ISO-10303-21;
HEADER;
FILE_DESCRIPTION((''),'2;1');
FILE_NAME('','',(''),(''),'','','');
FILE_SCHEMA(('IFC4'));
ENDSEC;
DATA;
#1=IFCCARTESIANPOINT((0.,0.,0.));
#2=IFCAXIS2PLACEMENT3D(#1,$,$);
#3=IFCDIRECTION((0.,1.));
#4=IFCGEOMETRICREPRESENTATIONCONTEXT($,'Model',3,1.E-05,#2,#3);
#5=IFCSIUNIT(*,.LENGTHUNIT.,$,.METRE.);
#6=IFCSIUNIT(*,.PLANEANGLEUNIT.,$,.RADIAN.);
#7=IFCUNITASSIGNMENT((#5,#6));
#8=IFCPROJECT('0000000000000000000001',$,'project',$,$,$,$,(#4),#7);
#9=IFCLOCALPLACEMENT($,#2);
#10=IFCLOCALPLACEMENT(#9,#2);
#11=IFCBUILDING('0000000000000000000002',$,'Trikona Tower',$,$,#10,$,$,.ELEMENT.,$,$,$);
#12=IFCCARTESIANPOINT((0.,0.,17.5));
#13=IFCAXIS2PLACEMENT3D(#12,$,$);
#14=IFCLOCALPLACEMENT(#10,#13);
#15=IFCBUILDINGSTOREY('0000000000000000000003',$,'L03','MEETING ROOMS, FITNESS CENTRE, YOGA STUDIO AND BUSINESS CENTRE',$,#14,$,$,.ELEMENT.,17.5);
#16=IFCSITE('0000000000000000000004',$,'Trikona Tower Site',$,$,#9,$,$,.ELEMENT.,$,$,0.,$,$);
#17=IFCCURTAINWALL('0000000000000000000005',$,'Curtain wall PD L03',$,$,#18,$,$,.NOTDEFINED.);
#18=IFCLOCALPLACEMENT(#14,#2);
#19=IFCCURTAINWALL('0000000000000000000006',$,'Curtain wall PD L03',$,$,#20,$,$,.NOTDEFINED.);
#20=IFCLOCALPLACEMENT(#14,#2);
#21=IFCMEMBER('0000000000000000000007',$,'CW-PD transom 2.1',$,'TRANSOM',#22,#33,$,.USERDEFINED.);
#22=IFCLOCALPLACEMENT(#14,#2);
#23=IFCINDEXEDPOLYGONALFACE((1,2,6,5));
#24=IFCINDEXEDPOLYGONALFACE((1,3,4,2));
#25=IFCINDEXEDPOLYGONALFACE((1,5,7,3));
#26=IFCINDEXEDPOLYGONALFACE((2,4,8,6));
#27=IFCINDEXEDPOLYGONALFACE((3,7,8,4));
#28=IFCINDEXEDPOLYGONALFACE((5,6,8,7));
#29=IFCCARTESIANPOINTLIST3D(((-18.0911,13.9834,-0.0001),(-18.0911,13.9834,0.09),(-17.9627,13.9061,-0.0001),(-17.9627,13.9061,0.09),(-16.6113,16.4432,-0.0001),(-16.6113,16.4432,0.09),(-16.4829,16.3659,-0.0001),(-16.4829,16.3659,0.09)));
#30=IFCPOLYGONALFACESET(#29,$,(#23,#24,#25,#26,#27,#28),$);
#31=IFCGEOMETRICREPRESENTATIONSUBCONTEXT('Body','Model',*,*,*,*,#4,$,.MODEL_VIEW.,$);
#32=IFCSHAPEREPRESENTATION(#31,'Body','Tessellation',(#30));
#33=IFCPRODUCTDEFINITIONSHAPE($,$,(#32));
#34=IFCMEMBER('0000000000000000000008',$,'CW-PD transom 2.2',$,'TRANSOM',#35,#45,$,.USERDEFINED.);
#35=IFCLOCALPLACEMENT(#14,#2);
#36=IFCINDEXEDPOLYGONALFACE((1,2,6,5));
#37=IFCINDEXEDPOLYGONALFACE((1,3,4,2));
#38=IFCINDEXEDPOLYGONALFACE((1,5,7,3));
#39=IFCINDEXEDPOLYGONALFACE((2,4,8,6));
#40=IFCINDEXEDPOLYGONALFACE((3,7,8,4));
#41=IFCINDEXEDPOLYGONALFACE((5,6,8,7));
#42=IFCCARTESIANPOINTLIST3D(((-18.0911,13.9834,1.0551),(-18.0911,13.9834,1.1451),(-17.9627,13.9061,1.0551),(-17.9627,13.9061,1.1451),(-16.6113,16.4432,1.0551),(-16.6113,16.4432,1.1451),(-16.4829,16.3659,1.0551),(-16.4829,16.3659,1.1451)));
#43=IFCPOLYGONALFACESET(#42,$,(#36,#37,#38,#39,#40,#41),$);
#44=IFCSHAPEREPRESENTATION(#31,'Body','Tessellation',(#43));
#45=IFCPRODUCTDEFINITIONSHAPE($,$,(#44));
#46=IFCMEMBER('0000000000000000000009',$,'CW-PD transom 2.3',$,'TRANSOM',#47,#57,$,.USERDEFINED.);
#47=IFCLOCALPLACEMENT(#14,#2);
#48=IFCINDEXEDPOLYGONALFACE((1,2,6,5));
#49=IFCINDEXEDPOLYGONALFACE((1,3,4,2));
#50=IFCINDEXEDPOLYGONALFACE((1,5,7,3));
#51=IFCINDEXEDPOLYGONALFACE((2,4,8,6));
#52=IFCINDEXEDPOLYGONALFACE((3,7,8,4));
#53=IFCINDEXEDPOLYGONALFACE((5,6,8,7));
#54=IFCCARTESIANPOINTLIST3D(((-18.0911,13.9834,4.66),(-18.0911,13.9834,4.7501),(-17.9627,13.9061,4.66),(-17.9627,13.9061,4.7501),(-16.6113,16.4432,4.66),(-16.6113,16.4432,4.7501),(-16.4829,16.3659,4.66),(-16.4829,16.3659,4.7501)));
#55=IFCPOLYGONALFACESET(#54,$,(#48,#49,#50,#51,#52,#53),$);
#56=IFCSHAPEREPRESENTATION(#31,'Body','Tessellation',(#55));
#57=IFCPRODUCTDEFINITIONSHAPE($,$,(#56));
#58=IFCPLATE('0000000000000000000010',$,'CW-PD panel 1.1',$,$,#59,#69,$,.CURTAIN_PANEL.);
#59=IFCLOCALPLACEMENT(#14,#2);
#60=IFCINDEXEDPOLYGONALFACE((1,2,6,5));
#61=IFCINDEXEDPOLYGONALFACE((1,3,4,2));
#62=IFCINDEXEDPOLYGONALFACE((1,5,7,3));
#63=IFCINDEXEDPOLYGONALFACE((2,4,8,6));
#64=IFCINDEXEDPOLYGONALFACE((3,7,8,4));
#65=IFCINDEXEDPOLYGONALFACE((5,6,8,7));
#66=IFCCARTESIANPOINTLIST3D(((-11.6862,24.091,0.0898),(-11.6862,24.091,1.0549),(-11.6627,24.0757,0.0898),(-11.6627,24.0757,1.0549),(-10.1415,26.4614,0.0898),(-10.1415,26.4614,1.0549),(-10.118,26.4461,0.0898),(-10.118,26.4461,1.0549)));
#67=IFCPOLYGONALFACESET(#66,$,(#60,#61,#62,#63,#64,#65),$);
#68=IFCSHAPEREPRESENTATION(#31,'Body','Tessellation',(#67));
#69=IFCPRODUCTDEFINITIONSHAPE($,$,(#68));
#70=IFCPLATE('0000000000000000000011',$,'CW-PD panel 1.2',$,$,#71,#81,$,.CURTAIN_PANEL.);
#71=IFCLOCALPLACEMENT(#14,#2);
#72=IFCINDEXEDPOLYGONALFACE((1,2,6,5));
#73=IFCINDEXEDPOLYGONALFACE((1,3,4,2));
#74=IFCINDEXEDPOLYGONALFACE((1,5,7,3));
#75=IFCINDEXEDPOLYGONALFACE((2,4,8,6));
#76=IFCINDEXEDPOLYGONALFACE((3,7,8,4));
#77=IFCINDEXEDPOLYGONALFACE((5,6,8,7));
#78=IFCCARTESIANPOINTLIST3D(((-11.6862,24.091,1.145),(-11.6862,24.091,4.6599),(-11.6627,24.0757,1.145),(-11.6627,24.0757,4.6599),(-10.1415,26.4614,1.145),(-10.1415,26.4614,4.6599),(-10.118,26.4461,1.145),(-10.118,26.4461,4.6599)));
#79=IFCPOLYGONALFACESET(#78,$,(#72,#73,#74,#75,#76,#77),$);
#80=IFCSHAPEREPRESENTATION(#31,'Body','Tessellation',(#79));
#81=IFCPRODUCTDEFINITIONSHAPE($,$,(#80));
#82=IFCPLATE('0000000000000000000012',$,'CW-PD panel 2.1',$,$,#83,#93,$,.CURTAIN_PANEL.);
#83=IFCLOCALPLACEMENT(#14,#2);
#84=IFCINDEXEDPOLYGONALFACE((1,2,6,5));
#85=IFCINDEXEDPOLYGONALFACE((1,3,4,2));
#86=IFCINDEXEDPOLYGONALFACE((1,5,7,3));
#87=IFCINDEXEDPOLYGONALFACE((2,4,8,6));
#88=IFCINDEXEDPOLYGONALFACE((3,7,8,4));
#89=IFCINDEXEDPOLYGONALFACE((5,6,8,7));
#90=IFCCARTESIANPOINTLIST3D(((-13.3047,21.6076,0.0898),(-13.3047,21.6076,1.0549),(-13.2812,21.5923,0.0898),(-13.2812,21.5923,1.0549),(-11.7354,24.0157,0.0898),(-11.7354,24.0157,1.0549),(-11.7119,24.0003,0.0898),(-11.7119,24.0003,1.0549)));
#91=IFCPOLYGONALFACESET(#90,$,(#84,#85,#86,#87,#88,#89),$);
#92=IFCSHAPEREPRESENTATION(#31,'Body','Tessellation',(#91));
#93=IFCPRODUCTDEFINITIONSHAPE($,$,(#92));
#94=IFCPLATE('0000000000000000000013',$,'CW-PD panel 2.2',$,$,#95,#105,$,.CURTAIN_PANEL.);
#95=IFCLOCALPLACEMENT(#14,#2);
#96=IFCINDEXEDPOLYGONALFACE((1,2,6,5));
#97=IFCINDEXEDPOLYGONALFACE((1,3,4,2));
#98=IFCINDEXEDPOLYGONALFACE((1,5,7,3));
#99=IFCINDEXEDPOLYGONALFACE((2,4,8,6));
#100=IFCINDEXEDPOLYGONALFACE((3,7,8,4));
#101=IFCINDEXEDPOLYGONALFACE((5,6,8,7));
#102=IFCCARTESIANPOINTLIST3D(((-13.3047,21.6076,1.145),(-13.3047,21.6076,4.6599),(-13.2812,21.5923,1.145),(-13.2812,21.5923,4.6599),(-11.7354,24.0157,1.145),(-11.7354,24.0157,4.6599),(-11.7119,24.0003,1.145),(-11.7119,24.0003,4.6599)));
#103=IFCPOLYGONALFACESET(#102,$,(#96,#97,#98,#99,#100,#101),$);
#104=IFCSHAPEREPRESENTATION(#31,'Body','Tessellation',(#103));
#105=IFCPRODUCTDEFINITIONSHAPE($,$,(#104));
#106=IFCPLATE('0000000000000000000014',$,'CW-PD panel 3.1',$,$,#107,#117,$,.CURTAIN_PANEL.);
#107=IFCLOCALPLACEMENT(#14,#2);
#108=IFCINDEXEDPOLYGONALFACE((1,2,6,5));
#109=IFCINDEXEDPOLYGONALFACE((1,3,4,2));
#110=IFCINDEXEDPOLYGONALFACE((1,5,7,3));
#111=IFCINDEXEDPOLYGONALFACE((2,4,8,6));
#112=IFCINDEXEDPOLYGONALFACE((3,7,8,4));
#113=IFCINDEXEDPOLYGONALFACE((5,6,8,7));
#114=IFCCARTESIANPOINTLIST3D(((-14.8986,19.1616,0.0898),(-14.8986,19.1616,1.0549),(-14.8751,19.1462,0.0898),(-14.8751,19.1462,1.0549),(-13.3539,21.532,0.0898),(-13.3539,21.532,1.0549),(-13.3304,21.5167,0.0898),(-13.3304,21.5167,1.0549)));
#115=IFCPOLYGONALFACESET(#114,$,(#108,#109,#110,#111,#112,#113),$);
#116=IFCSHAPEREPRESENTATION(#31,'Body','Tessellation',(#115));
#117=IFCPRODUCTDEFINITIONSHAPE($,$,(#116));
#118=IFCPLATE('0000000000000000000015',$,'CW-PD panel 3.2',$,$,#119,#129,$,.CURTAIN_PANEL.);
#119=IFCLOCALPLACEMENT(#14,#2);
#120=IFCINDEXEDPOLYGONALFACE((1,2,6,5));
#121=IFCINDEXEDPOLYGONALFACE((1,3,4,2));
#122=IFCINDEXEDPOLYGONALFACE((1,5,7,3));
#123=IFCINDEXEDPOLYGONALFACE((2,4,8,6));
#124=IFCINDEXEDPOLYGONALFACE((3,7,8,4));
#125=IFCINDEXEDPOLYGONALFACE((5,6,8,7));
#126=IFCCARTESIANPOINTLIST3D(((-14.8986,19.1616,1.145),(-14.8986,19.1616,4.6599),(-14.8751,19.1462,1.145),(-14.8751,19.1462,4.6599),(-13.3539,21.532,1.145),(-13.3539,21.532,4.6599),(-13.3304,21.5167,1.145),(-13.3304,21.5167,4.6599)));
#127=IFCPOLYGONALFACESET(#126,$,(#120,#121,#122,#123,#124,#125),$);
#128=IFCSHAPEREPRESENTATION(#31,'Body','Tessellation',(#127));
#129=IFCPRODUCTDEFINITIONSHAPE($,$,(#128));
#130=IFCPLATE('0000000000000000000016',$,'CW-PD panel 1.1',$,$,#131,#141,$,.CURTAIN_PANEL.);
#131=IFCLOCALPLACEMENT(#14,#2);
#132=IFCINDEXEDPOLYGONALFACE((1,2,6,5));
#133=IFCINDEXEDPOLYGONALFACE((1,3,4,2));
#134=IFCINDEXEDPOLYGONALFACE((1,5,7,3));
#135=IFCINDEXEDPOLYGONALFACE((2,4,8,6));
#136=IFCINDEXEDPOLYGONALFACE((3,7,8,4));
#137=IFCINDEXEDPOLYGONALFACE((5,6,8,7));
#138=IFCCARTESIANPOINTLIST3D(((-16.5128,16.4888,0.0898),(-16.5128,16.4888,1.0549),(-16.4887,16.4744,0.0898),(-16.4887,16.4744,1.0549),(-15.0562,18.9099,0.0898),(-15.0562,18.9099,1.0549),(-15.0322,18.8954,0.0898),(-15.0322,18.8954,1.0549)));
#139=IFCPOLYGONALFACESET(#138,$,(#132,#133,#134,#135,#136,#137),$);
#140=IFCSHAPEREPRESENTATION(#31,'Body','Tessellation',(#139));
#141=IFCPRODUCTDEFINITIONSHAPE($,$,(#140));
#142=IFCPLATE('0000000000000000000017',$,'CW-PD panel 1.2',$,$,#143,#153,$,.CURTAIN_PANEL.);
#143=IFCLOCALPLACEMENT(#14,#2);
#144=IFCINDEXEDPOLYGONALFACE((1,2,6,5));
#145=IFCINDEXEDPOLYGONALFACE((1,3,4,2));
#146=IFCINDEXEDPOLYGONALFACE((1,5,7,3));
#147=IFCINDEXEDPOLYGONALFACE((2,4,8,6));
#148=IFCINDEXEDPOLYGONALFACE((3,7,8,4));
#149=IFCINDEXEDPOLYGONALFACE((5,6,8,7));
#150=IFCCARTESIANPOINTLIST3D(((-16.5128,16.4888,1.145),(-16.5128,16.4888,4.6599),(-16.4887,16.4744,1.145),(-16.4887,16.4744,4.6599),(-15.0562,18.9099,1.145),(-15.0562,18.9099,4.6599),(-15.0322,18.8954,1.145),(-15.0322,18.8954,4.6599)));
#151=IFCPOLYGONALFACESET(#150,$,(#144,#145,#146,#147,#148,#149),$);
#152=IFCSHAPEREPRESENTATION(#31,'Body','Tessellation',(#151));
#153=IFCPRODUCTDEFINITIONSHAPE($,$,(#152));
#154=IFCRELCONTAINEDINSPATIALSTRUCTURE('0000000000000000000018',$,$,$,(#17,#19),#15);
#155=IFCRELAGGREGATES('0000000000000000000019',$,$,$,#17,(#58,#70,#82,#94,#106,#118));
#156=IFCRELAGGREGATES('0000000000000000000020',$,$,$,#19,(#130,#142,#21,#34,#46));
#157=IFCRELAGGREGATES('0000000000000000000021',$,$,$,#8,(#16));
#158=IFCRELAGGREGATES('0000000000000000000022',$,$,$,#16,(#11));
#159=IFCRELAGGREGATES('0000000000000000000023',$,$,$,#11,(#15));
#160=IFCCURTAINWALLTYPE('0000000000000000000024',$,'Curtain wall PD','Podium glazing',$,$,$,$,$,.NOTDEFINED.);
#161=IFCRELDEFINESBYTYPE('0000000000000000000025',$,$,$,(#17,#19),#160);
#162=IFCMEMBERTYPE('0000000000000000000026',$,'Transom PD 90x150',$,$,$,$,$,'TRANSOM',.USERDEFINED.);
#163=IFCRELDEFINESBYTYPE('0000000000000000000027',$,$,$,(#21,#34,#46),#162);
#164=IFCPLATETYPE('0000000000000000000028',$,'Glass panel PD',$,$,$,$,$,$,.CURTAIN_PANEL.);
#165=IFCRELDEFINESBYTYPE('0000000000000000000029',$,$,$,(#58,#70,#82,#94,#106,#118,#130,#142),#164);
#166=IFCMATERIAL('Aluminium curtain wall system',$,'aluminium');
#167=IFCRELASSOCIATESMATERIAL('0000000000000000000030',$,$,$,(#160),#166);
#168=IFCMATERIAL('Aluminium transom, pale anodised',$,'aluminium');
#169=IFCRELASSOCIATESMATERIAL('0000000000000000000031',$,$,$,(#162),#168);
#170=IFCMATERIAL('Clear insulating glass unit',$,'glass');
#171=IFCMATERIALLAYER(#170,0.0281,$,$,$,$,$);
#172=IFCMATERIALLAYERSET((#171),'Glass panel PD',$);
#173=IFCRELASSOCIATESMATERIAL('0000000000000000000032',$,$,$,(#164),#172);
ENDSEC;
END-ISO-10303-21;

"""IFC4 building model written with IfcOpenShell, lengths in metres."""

from ifc_helpers import new_model, si_unit, direction, frame, origin, origin_2d, place, context, subcontext, project, spatial, rectangle, extrude, material, layer, layer_set, material_profile, profile_set, type_object, element, aggregate, save


model = new_model("IFC4")

# Units and contexts
model_context = context("Model", 3, precision=1e-05, world=origin(), true_north=direction((0.0, 1.0)))
body_context = subcontext(model_context, "Body", "Model", "MODEL_VIEW")
ifc_project = project(units=[si_unit("LENGTHUNIT", "METRE"), si_unit("PLANEANGLEUNIT", "RADIAN")], contexts=[model_context])

# Site, building, storey
site_placement = place(None, origin())
site = spatial("IfcSite", under=ifc_project, at=site_placement, Name="Trikona Tower Site", CompositionType="ELEMENT", RefElevation=0.0)
building_placement = place(site_placement, origin())
building = spatial("IfcBuilding", under=site, at=building_placement, Name="Trikona Tower", CompositionType="ELEMENT")
storey_placement = place(building_placement, frame((0.0, 0.0, 17.5)))
storey = spatial("IfcBuildingStorey", under=building, at=storey_placement, Name="L03", Description="MEETING ROOMS, FITNESS CENTRE, YOGA STUDIO AND BUSINESS CENTRE", CompositionType="ELEMENT", Elevation=17.5)

# Curtain walls
ifc_material_1 = material(Name="Aluminium curtain wall system", Category="aluminium")
curtain_wall_type = type_object("IfcCurtainWallType", Name="Curtain wall PD", Description="Podium glazing", PredefinedType="NOTDEFINED", material=ifc_material_1)
curtain_wall_1_placement = place(storey_placement, origin())
curtain_wall_1 = element("IfcCurtainWall", 1, at=curtain_wall_1_placement, inside=storey, type_object=curtain_wall_type, Name="Curtain wall PD L03", PredefinedType="NOTDEFINED")
curtain_wall_2_placement = place(storey_placement, origin())
curtain_wall_2 = element("IfcCurtainWall", 2, at=curtain_wall_2_placement, inside=storey, type_object=curtain_wall_type, Name="Curtain wall PD L03", PredefinedType="NOTDEFINED")

# Members
ifc_material_2 = material(Name="Aluminium transom, pale anodised", Category="aluminium")
ifc_material_profile_1 = material_profile(ifc_material_2, rectangle(XDim=0.1499, YDim=0.0901, at=origin_2d()), Name="TRN-PD")
ifc_profile_set_1 = profile_set([ifc_material_profile_1], Name="Aluminium transom, pale anodised")
member_type_1 = type_object("IfcMemberType", Name="Transom PD 90x150", ElementType="TRANSOM", PredefinedType="USERDEFINED", material=ifc_profile_set_1)
member_1_placement = place(storey_placement, frame((-16.5471, 16.4045, 0.0449), z_axis=(-0.515496, -0.856892, 0.0), x_axis=(0.856892, -0.515496, 0.0)))
member_1 = element("IfcMember", 3, at=member_1_placement, type_object=member_type_1, Name="CW-PD transom 2.1", ObjectType="TRANSOM", PredefinedType="USERDEFINED", context=body_context, shape_type="SweptSolid", body=[
    extrude(rectangle(XDim=0.1499, YDim=0.0901, at=origin_2d()), origin(), (0.0, 0.0, 1.0), 2.8706),
])
member_2_placement = place(storey_placement, frame((-16.5471, 16.4045, 1.1001), z_axis=(-0.515496, -0.856892, 0.0), x_axis=(0.856892, -0.515496, 0.0)))
member_2 = element("IfcMember", 4, at=member_2_placement, type_object=member_type_1, Name="CW-PD transom 2.2", ObjectType="TRANSOM", PredefinedType="USERDEFINED", context=body_context, shape_type="SweptSolid", body=[
    extrude(rectangle(XDim=0.1499, YDim=0.0901, at=origin_2d()), origin(), (0.0, 0.0, 1.0), 2.8706),
])
member_3_placement = place(storey_placement, frame((-16.5471, 16.4045, 4.7051), z_axis=(-0.515496, -0.856892, 0.0), x_axis=(0.856892, -0.515496, 0.0)))
member_3 = element("IfcMember", 5, at=member_3_placement, type_object=member_type_1, Name="CW-PD transom 2.3", ObjectType="TRANSOM", PredefinedType="USERDEFINED", context=body_context, shape_type="SweptSolid", body=[
    extrude(rectangle(XDim=0.1499, YDim=0.0901, at=origin_2d()), origin(), (0.0, 0.0, 1.0), 2.8706),
])

# Plates
ifc_material_3 = material(Name="Clear insulating glass unit", Category="glass")
ifc_layer = layer(ifc_material_3, 0.0281)
ifc_layer_set = layer_set([ifc_layer], Name="Glass panel PD")
plate_type = type_object("IfcPlateType", Name="Glass panel PD", PredefinedType="CURTAIN_PANEL", material=ifc_layer_set)
plate_1_placement = place(storey_placement, frame((-10.9021, 25.2686, 0.0898), z_axis=(0.0, 0.0, 1.0), x_axis=(-0.545977, -0.8378, 0.0)))
plate_1 = element("IfcPlate", 6, at=plate_1_placement, type_object=plate_type, Name="CW-PD panel 1.1", PredefinedType="CURTAIN_PANEL", context=body_context, shape_type="SweptSolid", body=[
    extrude(rectangle(XDim=2.8293, YDim=0.0281, at=origin_2d()), origin(), (0.0, 0.0, 1.0), 0.9651),
])
plate_2_placement = place(storey_placement, frame((-10.9021, 25.2686, 1.145), z_axis=(0.0, 0.0, 1.0), x_axis=(-0.545977, -0.8378, 0.0)))
plate_2 = element("IfcPlate", 7, at=plate_2_placement, type_object=plate_type, Name="CW-PD panel 1.2", PredefinedType="CURTAIN_PANEL", context=body_context, shape_type="SweptSolid", body=[
    extrude(rectangle(XDim=2.8293, YDim=0.0281, at=origin_2d()), origin(), (0.0, 0.0, 1.0), 3.5149),
])
plate_3_placement = place(storey_placement, frame((-12.5083, 22.804, 0.0898), z_axis=(0.0, 0.0, 1.0), x_axis=(-0.545977, -0.8378, 0.0)))
plate_3 = element("IfcPlate", 8, at=plate_3_placement, type_object=plate_type, Name="CW-PD panel 2.1", PredefinedType="CURTAIN_PANEL", context=body_context, shape_type="SweptSolid", body=[
    extrude(rectangle(XDim=2.8743, YDim=0.0281, at=origin_2d()), origin(), (0.0, 0.0, 1.0), 0.9651),
])
plate_4_placement = place(storey_placement, frame((-12.5083, 22.804, 1.145), z_axis=(0.0, 0.0, 1.0), x_axis=(-0.545977, -0.8378, 0.0)))
plate_4 = element("IfcPlate", 9, at=plate_4_placement, type_object=plate_type, Name="CW-PD panel 2.2", PredefinedType="CURTAIN_PANEL", context=body_context, shape_type="SweptSolid", body=[
    extrude(rectangle(XDim=2.8743, YDim=0.0281, at=origin_2d()), origin(), (0.0, 0.0, 1.0), 3.5149),
])
plate_5_placement = place(storey_placement, frame((-14.1145, 20.3391, 0.0898), z_axis=(0.0, 0.0, 1.0), x_axis=(-0.545977, -0.8378, 0.0)))
plate_5 = element("IfcPlate", 10, at=plate_5_placement, type_object=plate_type, Name="CW-PD panel 3.1", PredefinedType="CURTAIN_PANEL", context=body_context, shape_type="SweptSolid", body=[
    extrude(rectangle(XDim=2.8293, YDim=0.0281, at=origin_2d()), origin(), (0.0, 0.0, 1.0), 0.9651),
])
plate_6_placement = place(storey_placement, frame((-14.1145, 20.3391, 1.145), z_axis=(0.0, 0.0, 1.0), x_axis=(-0.545977, -0.8378, 0.0)))
plate_6 = element("IfcPlate", 11, at=plate_6_placement, type_object=plate_type, Name="CW-PD panel 3.2", PredefinedType="CURTAIN_PANEL", context=body_context, shape_type="SweptSolid", body=[
    extrude(rectangle(XDim=2.8293, YDim=0.0281, at=origin_2d()), origin(), (0.0, 0.0, 1.0), 3.5149),
])
aggregate(curtain_wall_1, [plate_1, plate_2, plate_3, plate_4, plate_5, plate_6])
plate_7_placement = place(storey_placement, frame((-15.7725, 17.6921, 0.0898), z_axis=(0.0, 0.0, 1.0), x_axis=(-0.515515, -0.85688, 0.0)))
plate_7 = element("IfcPlate", 12, at=plate_7_placement, type_object=plate_type, Name="CW-PD panel 1.1", PredefinedType="CURTAIN_PANEL", context=body_context, shape_type="SweptSolid", body=[
    extrude(rectangle(XDim=2.8254, YDim=0.0281, at=origin_2d()), origin(), (0.0, 0.0, 1.0), 0.9651),
])
plate_8_placement = place(storey_placement, frame((-15.7725, 17.6921, 1.145), z_axis=(0.0, 0.0, 1.0), x_axis=(-0.515515, -0.85688, 0.0)))
plate_8 = element("IfcPlate", 13, at=plate_8_placement, type_object=plate_type, Name="CW-PD panel 1.2", PredefinedType="CURTAIN_PANEL", context=body_context, shape_type="SweptSolid", body=[
    extrude(rectangle(XDim=2.8254, YDim=0.0281, at=origin_2d()), origin(), (0.0, 0.0, 1.0), 3.5149),
])
aggregate(curtain_wall_2, [plate_7, plate_8, member_1, member_2, member_3])

save(model, "model.ifc")
